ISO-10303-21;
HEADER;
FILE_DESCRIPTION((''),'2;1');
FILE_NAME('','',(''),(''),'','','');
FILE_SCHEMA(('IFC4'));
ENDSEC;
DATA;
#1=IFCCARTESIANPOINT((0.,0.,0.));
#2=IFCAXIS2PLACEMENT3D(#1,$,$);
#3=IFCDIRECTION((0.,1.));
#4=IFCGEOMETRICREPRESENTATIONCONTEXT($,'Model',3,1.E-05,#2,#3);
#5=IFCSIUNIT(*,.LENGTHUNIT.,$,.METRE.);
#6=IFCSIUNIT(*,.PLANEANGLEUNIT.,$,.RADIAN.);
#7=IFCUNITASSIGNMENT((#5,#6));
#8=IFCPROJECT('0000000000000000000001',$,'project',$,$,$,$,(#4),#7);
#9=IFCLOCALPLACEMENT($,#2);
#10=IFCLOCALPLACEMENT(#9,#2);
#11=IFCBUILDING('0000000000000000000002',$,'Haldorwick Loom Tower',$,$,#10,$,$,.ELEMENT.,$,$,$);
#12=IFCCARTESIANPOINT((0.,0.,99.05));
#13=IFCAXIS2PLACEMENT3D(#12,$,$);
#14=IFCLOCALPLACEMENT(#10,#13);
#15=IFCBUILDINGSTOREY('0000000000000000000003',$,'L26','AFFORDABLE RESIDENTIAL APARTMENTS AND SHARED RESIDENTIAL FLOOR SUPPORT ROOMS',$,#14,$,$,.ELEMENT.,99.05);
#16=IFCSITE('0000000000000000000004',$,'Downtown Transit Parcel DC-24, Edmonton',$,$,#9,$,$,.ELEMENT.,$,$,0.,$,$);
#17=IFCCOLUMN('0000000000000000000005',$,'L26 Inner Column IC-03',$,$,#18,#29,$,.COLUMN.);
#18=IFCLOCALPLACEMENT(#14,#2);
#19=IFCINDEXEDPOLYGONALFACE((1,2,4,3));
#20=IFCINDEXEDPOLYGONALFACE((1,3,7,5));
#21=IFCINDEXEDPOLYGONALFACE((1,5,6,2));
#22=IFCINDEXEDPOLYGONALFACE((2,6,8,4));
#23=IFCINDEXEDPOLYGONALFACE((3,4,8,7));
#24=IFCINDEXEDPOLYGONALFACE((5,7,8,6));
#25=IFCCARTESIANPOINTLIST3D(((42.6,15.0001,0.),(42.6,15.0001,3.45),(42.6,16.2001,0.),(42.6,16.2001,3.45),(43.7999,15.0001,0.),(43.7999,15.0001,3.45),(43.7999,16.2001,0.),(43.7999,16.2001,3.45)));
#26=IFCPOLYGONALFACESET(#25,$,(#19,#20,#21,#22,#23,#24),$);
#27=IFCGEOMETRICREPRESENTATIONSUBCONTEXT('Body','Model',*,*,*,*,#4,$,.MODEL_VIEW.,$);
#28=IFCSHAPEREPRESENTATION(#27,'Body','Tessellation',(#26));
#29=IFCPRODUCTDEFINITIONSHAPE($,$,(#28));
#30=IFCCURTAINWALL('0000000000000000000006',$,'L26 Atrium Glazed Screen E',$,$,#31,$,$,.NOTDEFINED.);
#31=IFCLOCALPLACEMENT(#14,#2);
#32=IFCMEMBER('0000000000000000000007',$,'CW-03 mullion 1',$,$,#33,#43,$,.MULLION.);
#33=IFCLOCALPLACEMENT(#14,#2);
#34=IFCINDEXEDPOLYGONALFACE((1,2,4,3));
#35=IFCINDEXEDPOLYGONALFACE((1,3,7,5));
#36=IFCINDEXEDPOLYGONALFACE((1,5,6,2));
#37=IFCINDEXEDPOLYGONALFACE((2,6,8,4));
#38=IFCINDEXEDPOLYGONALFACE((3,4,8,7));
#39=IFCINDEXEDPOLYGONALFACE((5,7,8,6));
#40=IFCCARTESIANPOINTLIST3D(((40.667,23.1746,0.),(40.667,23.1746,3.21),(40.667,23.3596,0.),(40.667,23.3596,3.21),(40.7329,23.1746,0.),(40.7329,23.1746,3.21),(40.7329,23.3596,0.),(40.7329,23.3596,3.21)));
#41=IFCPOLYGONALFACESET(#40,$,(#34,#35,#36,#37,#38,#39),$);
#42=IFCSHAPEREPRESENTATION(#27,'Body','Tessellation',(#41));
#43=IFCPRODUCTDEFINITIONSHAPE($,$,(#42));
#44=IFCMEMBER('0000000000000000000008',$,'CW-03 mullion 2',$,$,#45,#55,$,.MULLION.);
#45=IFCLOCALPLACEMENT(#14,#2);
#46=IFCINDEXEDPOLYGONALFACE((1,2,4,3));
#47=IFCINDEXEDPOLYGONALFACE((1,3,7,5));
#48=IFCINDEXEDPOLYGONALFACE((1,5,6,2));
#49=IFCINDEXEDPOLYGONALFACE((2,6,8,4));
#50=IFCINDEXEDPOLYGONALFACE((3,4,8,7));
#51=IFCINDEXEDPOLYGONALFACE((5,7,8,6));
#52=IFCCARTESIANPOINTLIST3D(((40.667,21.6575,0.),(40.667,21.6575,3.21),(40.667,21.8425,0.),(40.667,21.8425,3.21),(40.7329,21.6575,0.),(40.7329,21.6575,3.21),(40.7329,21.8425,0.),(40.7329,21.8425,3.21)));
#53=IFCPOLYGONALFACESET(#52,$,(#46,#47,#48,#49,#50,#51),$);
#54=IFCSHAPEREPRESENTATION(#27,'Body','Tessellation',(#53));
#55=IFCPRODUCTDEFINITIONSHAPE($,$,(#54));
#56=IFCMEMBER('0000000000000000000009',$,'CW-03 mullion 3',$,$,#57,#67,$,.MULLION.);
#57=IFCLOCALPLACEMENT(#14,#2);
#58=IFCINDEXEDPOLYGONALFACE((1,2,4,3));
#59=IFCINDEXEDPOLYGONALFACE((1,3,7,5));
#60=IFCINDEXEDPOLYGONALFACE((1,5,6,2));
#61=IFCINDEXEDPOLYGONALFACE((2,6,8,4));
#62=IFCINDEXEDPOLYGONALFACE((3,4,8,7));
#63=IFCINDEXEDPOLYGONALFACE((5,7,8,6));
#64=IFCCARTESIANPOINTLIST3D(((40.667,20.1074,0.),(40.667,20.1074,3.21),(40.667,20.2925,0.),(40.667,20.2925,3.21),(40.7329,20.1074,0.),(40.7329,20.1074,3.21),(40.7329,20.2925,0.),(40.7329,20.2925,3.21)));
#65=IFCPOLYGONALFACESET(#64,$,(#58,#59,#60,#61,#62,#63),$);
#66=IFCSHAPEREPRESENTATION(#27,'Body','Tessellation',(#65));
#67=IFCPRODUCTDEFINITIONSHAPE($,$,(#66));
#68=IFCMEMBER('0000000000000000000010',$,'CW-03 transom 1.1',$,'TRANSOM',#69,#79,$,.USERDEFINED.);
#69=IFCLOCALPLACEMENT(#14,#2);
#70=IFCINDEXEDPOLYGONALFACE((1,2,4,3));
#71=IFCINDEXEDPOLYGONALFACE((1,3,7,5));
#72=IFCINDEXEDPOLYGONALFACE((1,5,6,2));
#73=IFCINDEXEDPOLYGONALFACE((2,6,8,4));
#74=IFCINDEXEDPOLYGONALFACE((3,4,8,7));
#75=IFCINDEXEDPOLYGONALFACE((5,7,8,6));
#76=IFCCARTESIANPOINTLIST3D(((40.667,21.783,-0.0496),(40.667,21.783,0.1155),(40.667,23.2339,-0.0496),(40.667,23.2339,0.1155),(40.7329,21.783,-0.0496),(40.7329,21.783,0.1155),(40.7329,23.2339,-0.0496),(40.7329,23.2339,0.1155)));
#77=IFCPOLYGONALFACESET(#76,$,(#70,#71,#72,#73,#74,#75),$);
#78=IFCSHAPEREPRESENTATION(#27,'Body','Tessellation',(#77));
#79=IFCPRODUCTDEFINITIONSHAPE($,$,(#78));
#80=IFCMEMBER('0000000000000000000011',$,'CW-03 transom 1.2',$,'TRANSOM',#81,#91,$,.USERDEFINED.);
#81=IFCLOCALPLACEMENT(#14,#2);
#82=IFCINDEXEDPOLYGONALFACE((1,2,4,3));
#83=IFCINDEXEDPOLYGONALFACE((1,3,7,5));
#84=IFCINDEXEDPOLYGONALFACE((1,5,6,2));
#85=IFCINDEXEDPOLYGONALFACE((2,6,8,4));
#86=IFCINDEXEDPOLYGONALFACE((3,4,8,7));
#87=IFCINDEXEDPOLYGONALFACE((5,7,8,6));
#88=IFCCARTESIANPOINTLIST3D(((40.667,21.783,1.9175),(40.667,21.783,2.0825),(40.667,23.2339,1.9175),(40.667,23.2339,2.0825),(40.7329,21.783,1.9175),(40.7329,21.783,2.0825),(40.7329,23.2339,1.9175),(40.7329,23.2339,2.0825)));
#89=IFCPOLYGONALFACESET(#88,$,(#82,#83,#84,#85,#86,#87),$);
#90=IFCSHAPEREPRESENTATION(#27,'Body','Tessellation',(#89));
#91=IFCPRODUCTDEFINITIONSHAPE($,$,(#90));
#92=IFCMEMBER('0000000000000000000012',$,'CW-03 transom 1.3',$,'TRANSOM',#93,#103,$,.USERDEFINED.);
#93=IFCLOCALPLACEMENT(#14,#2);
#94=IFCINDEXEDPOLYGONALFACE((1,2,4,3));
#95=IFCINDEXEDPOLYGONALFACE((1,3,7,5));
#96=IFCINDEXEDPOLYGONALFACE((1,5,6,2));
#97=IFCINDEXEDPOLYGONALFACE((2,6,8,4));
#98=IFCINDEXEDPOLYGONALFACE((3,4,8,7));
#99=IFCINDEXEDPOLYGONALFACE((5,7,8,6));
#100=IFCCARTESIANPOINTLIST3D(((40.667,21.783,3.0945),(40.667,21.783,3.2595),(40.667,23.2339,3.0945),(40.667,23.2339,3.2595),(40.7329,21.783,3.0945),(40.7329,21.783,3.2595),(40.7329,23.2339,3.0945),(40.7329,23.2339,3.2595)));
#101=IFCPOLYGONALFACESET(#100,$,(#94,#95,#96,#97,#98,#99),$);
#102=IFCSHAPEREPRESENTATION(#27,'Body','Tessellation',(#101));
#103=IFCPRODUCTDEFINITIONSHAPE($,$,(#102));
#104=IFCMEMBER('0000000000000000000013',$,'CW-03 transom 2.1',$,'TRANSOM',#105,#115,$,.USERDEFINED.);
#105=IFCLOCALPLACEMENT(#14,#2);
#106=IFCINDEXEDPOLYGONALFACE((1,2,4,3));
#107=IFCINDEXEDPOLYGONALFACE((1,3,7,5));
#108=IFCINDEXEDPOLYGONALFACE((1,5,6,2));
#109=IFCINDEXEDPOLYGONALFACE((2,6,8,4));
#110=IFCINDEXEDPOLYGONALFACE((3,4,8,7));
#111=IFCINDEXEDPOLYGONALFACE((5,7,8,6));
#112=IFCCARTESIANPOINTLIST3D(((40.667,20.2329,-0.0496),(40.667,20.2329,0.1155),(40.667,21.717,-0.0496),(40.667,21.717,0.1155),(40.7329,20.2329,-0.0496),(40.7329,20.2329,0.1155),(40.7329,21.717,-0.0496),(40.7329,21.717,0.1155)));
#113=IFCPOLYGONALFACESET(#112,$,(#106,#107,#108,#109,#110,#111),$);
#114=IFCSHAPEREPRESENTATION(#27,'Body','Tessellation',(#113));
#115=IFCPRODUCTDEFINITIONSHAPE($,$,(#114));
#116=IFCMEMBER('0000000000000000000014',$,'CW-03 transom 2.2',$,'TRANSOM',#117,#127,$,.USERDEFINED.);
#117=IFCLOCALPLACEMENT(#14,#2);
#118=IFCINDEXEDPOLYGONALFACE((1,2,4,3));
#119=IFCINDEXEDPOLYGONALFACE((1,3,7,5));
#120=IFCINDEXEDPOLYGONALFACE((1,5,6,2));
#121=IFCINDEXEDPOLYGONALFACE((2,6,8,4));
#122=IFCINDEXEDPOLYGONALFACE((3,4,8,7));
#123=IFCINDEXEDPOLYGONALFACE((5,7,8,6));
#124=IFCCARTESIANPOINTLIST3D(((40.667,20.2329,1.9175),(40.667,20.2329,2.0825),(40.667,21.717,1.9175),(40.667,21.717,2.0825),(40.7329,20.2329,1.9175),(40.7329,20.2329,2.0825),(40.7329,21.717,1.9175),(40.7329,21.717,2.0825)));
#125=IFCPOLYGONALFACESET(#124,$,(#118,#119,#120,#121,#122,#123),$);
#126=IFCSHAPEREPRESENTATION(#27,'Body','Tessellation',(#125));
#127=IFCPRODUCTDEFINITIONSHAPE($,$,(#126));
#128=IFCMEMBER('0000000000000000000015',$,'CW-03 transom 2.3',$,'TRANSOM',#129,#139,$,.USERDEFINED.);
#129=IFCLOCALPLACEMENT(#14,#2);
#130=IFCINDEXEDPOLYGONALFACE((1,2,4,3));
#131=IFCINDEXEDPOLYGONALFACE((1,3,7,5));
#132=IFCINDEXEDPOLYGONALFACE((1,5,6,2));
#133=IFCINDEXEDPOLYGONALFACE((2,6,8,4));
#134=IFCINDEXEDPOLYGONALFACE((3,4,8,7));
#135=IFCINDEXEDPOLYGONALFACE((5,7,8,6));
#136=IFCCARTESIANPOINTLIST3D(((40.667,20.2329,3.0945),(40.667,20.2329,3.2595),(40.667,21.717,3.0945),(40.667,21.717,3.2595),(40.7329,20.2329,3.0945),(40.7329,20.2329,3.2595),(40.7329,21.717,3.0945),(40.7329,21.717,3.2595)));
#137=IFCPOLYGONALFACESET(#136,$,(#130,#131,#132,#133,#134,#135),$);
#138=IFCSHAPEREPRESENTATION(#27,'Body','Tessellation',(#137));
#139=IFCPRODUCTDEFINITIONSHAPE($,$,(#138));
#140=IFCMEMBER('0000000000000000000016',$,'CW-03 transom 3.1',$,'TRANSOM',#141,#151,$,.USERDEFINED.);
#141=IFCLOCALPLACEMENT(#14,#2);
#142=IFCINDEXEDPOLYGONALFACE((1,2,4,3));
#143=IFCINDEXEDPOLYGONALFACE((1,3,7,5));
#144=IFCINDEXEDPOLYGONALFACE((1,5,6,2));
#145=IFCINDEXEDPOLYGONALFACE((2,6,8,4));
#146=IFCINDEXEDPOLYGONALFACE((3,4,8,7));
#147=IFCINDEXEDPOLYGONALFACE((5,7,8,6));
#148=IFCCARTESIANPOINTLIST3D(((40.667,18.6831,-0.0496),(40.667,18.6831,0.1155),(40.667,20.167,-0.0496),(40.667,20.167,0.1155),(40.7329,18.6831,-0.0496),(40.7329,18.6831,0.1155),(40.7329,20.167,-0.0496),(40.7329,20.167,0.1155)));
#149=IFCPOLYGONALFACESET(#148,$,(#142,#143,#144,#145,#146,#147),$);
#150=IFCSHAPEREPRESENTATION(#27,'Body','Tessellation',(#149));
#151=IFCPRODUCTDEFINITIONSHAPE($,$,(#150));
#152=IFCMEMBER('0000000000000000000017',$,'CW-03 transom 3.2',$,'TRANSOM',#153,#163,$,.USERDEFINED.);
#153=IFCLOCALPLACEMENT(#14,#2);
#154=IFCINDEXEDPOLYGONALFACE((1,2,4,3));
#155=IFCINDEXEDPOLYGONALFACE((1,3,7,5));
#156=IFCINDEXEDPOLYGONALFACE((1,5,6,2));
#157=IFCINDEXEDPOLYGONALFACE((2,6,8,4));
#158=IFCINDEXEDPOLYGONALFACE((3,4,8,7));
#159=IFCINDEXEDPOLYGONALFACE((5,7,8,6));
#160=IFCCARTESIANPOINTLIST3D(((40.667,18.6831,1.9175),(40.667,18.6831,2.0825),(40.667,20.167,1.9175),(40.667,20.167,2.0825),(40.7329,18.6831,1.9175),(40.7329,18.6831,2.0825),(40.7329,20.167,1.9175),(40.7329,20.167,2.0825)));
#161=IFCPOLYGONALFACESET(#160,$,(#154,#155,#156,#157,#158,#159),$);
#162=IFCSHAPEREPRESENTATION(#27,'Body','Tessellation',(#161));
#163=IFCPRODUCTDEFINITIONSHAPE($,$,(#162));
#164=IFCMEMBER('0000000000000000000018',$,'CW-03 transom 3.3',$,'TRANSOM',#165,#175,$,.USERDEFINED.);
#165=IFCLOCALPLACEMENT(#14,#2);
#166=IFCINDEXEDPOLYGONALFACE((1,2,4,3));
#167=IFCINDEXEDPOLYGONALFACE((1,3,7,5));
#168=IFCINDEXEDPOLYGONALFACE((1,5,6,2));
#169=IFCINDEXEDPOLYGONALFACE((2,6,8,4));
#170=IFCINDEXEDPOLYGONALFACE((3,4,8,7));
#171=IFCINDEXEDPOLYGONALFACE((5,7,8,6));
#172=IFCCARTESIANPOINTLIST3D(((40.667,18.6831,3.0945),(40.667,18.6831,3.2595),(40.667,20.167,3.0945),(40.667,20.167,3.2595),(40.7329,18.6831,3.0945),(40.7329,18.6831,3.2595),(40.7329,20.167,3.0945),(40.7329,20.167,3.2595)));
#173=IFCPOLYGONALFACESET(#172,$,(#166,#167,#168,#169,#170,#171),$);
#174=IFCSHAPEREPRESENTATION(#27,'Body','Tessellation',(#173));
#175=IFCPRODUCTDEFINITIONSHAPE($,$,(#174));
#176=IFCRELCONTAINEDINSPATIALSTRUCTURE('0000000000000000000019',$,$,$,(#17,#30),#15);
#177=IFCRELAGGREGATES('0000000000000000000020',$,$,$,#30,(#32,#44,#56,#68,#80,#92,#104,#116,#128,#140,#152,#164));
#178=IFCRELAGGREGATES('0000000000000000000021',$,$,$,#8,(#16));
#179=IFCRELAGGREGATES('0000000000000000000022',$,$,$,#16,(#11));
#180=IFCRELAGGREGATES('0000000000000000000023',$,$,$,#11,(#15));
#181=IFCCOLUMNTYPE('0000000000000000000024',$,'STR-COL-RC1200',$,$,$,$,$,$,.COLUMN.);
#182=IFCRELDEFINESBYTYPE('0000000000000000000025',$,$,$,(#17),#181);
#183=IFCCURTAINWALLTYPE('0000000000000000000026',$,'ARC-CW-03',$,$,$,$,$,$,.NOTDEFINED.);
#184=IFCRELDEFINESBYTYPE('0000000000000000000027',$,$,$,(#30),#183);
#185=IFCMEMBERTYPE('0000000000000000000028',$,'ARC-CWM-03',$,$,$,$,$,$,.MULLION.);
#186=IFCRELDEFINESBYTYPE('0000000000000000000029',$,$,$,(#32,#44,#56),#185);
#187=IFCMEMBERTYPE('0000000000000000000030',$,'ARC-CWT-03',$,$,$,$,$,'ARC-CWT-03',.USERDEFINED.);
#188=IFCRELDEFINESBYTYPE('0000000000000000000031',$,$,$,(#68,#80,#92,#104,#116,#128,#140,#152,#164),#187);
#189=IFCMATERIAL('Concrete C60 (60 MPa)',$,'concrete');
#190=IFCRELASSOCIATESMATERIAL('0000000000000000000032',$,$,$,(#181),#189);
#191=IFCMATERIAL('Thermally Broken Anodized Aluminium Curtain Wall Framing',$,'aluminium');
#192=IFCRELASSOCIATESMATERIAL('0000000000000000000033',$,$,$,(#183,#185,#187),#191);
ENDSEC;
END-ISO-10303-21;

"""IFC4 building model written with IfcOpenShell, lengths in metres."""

from ifc_helpers import new_model, si_unit, direction, frame, origin, origin_2d, place, context, subcontext, project, spatial, rectangle, extrude, material, material_profile, profile_set, type_object, element, aggregate, save


model = new_model("IFC4")

# Units and contexts
model_context = context("Model", 3, precision=1e-05, world=origin(), true_north=direction((0.0, 1.0)))
body_context = subcontext(model_context, "Body", "Model", "MODEL_VIEW")
ifc_project = project(units=[si_unit("LENGTHUNIT", "METRE"), si_unit("PLANEANGLEUNIT", "RADIAN")], contexts=[model_context])

# Site, building, storey
site_placement = place(None, origin())
site = spatial("IfcSite", under=ifc_project, at=site_placement, Name="Downtown Transit Parcel DC-24, Edmonton", CompositionType="ELEMENT", RefElevation=0.0)
building_placement = place(site_placement, origin())
building = spatial("IfcBuilding", under=site, at=building_placement, Name="Haldorwick Loom Tower", CompositionType="ELEMENT")
storey_placement = place(building_placement, frame((0.0, 0.0, 99.05)))
storey = spatial("IfcBuildingStorey", under=building, at=storey_placement, Name="L26", Description="AFFORDABLE RESIDENTIAL APARTMENTS AND SHARED RESIDENTIAL FLOOR SUPPORT ROOMS", CompositionType="ELEMENT", Elevation=99.05)

# Column
ifc_material_1 = material(Name="Concrete C60 (60 MPa)", Category="concrete")
ifc_material_profile_1 = material_profile(ifc_material_1, rectangle(XDim=1.2, YDim=1.2, at=origin_2d()), Name="RC1200X1200", Category="concrete")
ifc_profile_set_1 = profile_set([ifc_material_profile_1], Name="Concrete C60 (60 MPa)")
column_type = type_object("IfcColumnType", Name="STR-COL-RC1200", PredefinedType="COLUMN", material=ifc_profile_set_1)
column_placement = place(storey_placement, frame((43.2, 15.6001, 0.0), z_axis=(0.0, 0.0, 1.0), x_axis=(1.0, 0.0, 0.0)))
element("IfcColumn", 1, at=column_placement, inside=storey, type_object=column_type, Name="L26 Inner Column IC-03", PredefinedType="COLUMN", context=body_context, shape_type="SweptSolid", body=[
    extrude(rectangle(XDim=1.2, YDim=1.2, at=origin_2d()), origin(), (0.0, 0.0, 1.0), 3.45),
])

# Curtain wall, members
ifc_material_2 = material(Name="Thermally Broken Anodized Aluminium Curtain Wall Framing", Category="aluminium")
curtain_wall_type = type_object("IfcCurtainWallType", Name="ARC-CW-03", PredefinedType="NOTDEFINED", material=ifc_material_2)
curtain_wall_placement = place(storey_placement, origin())
curtain_wall = element("IfcCurtainWall", 2, at=curtain_wall_placement, inside=storey, type_object=curtain_wall_type, Name="L26 Atrium Glazed Screen E", PredefinedType="NOTDEFINED")
ifc_material_profile_2 = material_profile(ifc_material_2, rectangle(XDim=0.0659, YDim=0.1851, at=origin_2d()), Name="ALU_MUL_66X185", Category="aluminium")
ifc_profile_set_2 = profile_set([ifc_material_profile_2], Name="Thermally Broken Anodized Aluminium Curtain Wall Framing")
member_type_1 = type_object("IfcMemberType", Name="ARC-CWM-03", PredefinedType="MULLION", material=ifc_profile_set_2)
member_1_placement = place(storey_placement, frame((40.7, 23.2671, 0.0), z_axis=(0.0, 0.0, 1.0), x_axis=(1.0, 0.0, 0.0)))
member_1 = element("IfcMember", 3, at=member_1_placement, type_object=member_type_1, Name="CW-03 mullion 1", PredefinedType="MULLION", context=body_context, shape_type="SweptSolid", body=[
    extrude(rectangle(XDim=0.0659, YDim=0.1851, at=origin_2d()), origin(), (0.0, 0.0, 1.0), 3.21),
])
member_2_placement = place(storey_placement, frame((40.7, 21.75, 0.0), z_axis=(0.0, 0.0, 1.0), x_axis=(1.0, 0.0, 0.0)))
member_2 = element("IfcMember", 4, at=member_2_placement, type_object=member_type_1, Name="CW-03 mullion 2", PredefinedType="MULLION", context=body_context, shape_type="SweptSolid", body=[
    extrude(rectangle(XDim=0.0659, YDim=0.1851, at=origin_2d()), origin(), (0.0, 0.0, 1.0), 3.21),
])
member_3_placement = place(storey_placement, frame((40.7, 20.2, 0.0), z_axis=(0.0, 0.0, 1.0), x_axis=(1.0, 0.0, 0.0)))
member_3 = element("IfcMember", 5, at=member_3_placement, type_object=member_type_1, Name="CW-03 mullion 3", PredefinedType="MULLION", context=body_context, shape_type="SweptSolid", body=[
    extrude(rectangle(XDim=0.0659, YDim=0.1851, at=origin_2d()), origin(), (0.0, 0.0, 1.0), 3.21),
])
ifc_material_profile_3 = material_profile(ifc_material_2, rectangle(XDim=0.0659, YDim=0.165, at=origin_2d()), Name="ALU_TRN_66X165", Category="aluminium")
ifc_profile_set_3 = profile_set([ifc_material_profile_3], Name="Thermally Broken Anodized Aluminium Curtain Wall Framing")
member_type_2 = type_object("IfcMemberType", Name="ARC-CWT-03", ElementType="ARC-CWT-03", PredefinedType="USERDEFINED", material=ifc_profile_set_3)
member_4_placement = place(storey_placement, frame((40.7, 23.2339, 0.033), z_axis=(0.0, -1.0, 0.0), x_axis=(1.0, 0.0, 0.0)))
member_4 = element("IfcMember", 6, at=member_4_placement, type_object=member_type_2, Name="CW-03 transom 1.1", ObjectType="TRANSOM", PredefinedType="USERDEFINED", context=body_context, shape_type="SweptSolid", body=[
    extrude(rectangle(XDim=0.0659, YDim=0.165, at=origin_2d()), origin(), (0.0, 0.0, 1.0), 1.4509),
])
member_5_placement = place(storey_placement, frame((40.7, 23.2339, 2.0), z_axis=(0.0, -1.0, 0.0), x_axis=(1.0, 0.0, 0.0)))
member_5 = element("IfcMember", 7, at=member_5_placement, type_object=member_type_2, Name="CW-03 transom 1.2", ObjectType="TRANSOM", PredefinedType="USERDEFINED", context=body_context, shape_type="SweptSolid", body=[
    extrude(rectangle(XDim=0.0659, YDim=0.165, at=origin_2d()), origin(), (0.0, 0.0, 1.0), 1.4509),
])
member_6_placement = place(storey_placement, frame((40.7, 23.2339, 3.177), z_axis=(0.0, -1.0, 0.0), x_axis=(1.0, 0.0, 0.0)))
member_6 = element("IfcMember", 8, at=member_6_placement, type_object=member_type_2, Name="CW-03 transom 1.3", ObjectType="TRANSOM", PredefinedType="USERDEFINED", context=body_context, shape_type="SweptSolid", body=[
    extrude(rectangle(XDim=0.0659, YDim=0.165, at=origin_2d()), origin(), (0.0, 0.0, 1.0), 1.4509),
])
member_7_placement = place(storey_placement, frame((40.7, 21.717, 0.033), z_axis=(0.0, -1.0, 0.0), x_axis=(1.0, 0.0, 0.0)))
member_7 = element("IfcMember", 9, at=member_7_placement, type_object=member_type_2, Name="CW-03 transom 2.1", ObjectType="TRANSOM", PredefinedType="USERDEFINED", context=body_context, shape_type="SweptSolid", body=[
    extrude(rectangle(XDim=0.0659, YDim=0.165, at=origin_2d()), origin(), (0.0, 0.0, 1.0), 1.4841),
])
member_8_placement = place(storey_placement, frame((40.7, 21.717, 2.0), z_axis=(0.0, -1.0, 0.0), x_axis=(1.0, 0.0, 0.0)))
member_8 = element("IfcMember", 10, at=member_8_placement, type_object=member_type_2, Name="CW-03 transom 2.2", ObjectType="TRANSOM", PredefinedType="USERDEFINED", context=body_context, shape_type="SweptSolid", body=[
    extrude(rectangle(XDim=0.0659, YDim=0.165, at=origin_2d()), origin(), (0.0, 0.0, 1.0), 1.4841),
])
member_9_placement = place(storey_placement, frame((40.7, 21.717, 3.177), z_axis=(0.0, -1.0, 0.0), x_axis=(1.0, 0.0, 0.0)))
member_9 = element("IfcMember", 11, at=member_9_placement, type_object=member_type_2, Name="CW-03 transom 2.3", ObjectType="TRANSOM", PredefinedType="USERDEFINED", context=body_context, shape_type="SweptSolid", body=[
    extrude(rectangle(XDim=0.0659, YDim=0.165, at=origin_2d()), origin(), (0.0, 0.0, 1.0), 1.4841),
])
member_10_placement = place(storey_placement, frame((40.7, 20.167, 0.033), z_axis=(0.0, -1.0, 0.0), x_axis=(1.0, 0.0, 0.0)))
member_10 = element("IfcMember", 12, at=member_10_placement, type_object=member_type_2, Name="CW-03 transom 3.1", ObjectType="TRANSOM", PredefinedType="USERDEFINED", context=body_context, shape_type="SweptSolid", body=[
    extrude(rectangle(XDim=0.0659, YDim=0.165, at=origin_2d()), origin(), (0.0, 0.0, 1.0), 1.4839),
])
member_11_placement = place(storey_placement, frame((40.7, 20.167, 2.0), z_axis=(0.0, -1.0, 0.0), x_axis=(1.0, 0.0, 0.0)))
member_11 = element("IfcMember", 13, at=member_11_placement, type_object=member_type_2, Name="CW-03 transom 3.2", ObjectType="TRANSOM", PredefinedType="USERDEFINED", context=body_context, shape_type="SweptSolid", body=[
    extrude(rectangle(XDim=0.0659, YDim=0.165, at=origin_2d()), origin(), (0.0, 0.0, 1.0), 1.4839),
])
member_12_placement = place(storey_placement, frame((40.7, 20.167, 3.177), z_axis=(0.0, -1.0, 0.0), x_axis=(1.0, 0.0, 0.0)))
member_12 = element("IfcMember", 14, at=member_12_placement, type_object=member_type_2, Name="CW-03 transom 3.3", ObjectType="TRANSOM", PredefinedType="USERDEFINED", context=body_context, shape_type="SweptSolid", body=[
    extrude(rectangle(XDim=0.0659, YDim=0.165, at=origin_2d()), origin(), (0.0, 0.0, 1.0), 1.4839),
])

aggregate(curtain_wall, [member_1, member_2, member_3, member_4, member_5, member_6, member_7, member_8, member_9, member_10, member_11, member_12])

save(model, "model.ifc")
